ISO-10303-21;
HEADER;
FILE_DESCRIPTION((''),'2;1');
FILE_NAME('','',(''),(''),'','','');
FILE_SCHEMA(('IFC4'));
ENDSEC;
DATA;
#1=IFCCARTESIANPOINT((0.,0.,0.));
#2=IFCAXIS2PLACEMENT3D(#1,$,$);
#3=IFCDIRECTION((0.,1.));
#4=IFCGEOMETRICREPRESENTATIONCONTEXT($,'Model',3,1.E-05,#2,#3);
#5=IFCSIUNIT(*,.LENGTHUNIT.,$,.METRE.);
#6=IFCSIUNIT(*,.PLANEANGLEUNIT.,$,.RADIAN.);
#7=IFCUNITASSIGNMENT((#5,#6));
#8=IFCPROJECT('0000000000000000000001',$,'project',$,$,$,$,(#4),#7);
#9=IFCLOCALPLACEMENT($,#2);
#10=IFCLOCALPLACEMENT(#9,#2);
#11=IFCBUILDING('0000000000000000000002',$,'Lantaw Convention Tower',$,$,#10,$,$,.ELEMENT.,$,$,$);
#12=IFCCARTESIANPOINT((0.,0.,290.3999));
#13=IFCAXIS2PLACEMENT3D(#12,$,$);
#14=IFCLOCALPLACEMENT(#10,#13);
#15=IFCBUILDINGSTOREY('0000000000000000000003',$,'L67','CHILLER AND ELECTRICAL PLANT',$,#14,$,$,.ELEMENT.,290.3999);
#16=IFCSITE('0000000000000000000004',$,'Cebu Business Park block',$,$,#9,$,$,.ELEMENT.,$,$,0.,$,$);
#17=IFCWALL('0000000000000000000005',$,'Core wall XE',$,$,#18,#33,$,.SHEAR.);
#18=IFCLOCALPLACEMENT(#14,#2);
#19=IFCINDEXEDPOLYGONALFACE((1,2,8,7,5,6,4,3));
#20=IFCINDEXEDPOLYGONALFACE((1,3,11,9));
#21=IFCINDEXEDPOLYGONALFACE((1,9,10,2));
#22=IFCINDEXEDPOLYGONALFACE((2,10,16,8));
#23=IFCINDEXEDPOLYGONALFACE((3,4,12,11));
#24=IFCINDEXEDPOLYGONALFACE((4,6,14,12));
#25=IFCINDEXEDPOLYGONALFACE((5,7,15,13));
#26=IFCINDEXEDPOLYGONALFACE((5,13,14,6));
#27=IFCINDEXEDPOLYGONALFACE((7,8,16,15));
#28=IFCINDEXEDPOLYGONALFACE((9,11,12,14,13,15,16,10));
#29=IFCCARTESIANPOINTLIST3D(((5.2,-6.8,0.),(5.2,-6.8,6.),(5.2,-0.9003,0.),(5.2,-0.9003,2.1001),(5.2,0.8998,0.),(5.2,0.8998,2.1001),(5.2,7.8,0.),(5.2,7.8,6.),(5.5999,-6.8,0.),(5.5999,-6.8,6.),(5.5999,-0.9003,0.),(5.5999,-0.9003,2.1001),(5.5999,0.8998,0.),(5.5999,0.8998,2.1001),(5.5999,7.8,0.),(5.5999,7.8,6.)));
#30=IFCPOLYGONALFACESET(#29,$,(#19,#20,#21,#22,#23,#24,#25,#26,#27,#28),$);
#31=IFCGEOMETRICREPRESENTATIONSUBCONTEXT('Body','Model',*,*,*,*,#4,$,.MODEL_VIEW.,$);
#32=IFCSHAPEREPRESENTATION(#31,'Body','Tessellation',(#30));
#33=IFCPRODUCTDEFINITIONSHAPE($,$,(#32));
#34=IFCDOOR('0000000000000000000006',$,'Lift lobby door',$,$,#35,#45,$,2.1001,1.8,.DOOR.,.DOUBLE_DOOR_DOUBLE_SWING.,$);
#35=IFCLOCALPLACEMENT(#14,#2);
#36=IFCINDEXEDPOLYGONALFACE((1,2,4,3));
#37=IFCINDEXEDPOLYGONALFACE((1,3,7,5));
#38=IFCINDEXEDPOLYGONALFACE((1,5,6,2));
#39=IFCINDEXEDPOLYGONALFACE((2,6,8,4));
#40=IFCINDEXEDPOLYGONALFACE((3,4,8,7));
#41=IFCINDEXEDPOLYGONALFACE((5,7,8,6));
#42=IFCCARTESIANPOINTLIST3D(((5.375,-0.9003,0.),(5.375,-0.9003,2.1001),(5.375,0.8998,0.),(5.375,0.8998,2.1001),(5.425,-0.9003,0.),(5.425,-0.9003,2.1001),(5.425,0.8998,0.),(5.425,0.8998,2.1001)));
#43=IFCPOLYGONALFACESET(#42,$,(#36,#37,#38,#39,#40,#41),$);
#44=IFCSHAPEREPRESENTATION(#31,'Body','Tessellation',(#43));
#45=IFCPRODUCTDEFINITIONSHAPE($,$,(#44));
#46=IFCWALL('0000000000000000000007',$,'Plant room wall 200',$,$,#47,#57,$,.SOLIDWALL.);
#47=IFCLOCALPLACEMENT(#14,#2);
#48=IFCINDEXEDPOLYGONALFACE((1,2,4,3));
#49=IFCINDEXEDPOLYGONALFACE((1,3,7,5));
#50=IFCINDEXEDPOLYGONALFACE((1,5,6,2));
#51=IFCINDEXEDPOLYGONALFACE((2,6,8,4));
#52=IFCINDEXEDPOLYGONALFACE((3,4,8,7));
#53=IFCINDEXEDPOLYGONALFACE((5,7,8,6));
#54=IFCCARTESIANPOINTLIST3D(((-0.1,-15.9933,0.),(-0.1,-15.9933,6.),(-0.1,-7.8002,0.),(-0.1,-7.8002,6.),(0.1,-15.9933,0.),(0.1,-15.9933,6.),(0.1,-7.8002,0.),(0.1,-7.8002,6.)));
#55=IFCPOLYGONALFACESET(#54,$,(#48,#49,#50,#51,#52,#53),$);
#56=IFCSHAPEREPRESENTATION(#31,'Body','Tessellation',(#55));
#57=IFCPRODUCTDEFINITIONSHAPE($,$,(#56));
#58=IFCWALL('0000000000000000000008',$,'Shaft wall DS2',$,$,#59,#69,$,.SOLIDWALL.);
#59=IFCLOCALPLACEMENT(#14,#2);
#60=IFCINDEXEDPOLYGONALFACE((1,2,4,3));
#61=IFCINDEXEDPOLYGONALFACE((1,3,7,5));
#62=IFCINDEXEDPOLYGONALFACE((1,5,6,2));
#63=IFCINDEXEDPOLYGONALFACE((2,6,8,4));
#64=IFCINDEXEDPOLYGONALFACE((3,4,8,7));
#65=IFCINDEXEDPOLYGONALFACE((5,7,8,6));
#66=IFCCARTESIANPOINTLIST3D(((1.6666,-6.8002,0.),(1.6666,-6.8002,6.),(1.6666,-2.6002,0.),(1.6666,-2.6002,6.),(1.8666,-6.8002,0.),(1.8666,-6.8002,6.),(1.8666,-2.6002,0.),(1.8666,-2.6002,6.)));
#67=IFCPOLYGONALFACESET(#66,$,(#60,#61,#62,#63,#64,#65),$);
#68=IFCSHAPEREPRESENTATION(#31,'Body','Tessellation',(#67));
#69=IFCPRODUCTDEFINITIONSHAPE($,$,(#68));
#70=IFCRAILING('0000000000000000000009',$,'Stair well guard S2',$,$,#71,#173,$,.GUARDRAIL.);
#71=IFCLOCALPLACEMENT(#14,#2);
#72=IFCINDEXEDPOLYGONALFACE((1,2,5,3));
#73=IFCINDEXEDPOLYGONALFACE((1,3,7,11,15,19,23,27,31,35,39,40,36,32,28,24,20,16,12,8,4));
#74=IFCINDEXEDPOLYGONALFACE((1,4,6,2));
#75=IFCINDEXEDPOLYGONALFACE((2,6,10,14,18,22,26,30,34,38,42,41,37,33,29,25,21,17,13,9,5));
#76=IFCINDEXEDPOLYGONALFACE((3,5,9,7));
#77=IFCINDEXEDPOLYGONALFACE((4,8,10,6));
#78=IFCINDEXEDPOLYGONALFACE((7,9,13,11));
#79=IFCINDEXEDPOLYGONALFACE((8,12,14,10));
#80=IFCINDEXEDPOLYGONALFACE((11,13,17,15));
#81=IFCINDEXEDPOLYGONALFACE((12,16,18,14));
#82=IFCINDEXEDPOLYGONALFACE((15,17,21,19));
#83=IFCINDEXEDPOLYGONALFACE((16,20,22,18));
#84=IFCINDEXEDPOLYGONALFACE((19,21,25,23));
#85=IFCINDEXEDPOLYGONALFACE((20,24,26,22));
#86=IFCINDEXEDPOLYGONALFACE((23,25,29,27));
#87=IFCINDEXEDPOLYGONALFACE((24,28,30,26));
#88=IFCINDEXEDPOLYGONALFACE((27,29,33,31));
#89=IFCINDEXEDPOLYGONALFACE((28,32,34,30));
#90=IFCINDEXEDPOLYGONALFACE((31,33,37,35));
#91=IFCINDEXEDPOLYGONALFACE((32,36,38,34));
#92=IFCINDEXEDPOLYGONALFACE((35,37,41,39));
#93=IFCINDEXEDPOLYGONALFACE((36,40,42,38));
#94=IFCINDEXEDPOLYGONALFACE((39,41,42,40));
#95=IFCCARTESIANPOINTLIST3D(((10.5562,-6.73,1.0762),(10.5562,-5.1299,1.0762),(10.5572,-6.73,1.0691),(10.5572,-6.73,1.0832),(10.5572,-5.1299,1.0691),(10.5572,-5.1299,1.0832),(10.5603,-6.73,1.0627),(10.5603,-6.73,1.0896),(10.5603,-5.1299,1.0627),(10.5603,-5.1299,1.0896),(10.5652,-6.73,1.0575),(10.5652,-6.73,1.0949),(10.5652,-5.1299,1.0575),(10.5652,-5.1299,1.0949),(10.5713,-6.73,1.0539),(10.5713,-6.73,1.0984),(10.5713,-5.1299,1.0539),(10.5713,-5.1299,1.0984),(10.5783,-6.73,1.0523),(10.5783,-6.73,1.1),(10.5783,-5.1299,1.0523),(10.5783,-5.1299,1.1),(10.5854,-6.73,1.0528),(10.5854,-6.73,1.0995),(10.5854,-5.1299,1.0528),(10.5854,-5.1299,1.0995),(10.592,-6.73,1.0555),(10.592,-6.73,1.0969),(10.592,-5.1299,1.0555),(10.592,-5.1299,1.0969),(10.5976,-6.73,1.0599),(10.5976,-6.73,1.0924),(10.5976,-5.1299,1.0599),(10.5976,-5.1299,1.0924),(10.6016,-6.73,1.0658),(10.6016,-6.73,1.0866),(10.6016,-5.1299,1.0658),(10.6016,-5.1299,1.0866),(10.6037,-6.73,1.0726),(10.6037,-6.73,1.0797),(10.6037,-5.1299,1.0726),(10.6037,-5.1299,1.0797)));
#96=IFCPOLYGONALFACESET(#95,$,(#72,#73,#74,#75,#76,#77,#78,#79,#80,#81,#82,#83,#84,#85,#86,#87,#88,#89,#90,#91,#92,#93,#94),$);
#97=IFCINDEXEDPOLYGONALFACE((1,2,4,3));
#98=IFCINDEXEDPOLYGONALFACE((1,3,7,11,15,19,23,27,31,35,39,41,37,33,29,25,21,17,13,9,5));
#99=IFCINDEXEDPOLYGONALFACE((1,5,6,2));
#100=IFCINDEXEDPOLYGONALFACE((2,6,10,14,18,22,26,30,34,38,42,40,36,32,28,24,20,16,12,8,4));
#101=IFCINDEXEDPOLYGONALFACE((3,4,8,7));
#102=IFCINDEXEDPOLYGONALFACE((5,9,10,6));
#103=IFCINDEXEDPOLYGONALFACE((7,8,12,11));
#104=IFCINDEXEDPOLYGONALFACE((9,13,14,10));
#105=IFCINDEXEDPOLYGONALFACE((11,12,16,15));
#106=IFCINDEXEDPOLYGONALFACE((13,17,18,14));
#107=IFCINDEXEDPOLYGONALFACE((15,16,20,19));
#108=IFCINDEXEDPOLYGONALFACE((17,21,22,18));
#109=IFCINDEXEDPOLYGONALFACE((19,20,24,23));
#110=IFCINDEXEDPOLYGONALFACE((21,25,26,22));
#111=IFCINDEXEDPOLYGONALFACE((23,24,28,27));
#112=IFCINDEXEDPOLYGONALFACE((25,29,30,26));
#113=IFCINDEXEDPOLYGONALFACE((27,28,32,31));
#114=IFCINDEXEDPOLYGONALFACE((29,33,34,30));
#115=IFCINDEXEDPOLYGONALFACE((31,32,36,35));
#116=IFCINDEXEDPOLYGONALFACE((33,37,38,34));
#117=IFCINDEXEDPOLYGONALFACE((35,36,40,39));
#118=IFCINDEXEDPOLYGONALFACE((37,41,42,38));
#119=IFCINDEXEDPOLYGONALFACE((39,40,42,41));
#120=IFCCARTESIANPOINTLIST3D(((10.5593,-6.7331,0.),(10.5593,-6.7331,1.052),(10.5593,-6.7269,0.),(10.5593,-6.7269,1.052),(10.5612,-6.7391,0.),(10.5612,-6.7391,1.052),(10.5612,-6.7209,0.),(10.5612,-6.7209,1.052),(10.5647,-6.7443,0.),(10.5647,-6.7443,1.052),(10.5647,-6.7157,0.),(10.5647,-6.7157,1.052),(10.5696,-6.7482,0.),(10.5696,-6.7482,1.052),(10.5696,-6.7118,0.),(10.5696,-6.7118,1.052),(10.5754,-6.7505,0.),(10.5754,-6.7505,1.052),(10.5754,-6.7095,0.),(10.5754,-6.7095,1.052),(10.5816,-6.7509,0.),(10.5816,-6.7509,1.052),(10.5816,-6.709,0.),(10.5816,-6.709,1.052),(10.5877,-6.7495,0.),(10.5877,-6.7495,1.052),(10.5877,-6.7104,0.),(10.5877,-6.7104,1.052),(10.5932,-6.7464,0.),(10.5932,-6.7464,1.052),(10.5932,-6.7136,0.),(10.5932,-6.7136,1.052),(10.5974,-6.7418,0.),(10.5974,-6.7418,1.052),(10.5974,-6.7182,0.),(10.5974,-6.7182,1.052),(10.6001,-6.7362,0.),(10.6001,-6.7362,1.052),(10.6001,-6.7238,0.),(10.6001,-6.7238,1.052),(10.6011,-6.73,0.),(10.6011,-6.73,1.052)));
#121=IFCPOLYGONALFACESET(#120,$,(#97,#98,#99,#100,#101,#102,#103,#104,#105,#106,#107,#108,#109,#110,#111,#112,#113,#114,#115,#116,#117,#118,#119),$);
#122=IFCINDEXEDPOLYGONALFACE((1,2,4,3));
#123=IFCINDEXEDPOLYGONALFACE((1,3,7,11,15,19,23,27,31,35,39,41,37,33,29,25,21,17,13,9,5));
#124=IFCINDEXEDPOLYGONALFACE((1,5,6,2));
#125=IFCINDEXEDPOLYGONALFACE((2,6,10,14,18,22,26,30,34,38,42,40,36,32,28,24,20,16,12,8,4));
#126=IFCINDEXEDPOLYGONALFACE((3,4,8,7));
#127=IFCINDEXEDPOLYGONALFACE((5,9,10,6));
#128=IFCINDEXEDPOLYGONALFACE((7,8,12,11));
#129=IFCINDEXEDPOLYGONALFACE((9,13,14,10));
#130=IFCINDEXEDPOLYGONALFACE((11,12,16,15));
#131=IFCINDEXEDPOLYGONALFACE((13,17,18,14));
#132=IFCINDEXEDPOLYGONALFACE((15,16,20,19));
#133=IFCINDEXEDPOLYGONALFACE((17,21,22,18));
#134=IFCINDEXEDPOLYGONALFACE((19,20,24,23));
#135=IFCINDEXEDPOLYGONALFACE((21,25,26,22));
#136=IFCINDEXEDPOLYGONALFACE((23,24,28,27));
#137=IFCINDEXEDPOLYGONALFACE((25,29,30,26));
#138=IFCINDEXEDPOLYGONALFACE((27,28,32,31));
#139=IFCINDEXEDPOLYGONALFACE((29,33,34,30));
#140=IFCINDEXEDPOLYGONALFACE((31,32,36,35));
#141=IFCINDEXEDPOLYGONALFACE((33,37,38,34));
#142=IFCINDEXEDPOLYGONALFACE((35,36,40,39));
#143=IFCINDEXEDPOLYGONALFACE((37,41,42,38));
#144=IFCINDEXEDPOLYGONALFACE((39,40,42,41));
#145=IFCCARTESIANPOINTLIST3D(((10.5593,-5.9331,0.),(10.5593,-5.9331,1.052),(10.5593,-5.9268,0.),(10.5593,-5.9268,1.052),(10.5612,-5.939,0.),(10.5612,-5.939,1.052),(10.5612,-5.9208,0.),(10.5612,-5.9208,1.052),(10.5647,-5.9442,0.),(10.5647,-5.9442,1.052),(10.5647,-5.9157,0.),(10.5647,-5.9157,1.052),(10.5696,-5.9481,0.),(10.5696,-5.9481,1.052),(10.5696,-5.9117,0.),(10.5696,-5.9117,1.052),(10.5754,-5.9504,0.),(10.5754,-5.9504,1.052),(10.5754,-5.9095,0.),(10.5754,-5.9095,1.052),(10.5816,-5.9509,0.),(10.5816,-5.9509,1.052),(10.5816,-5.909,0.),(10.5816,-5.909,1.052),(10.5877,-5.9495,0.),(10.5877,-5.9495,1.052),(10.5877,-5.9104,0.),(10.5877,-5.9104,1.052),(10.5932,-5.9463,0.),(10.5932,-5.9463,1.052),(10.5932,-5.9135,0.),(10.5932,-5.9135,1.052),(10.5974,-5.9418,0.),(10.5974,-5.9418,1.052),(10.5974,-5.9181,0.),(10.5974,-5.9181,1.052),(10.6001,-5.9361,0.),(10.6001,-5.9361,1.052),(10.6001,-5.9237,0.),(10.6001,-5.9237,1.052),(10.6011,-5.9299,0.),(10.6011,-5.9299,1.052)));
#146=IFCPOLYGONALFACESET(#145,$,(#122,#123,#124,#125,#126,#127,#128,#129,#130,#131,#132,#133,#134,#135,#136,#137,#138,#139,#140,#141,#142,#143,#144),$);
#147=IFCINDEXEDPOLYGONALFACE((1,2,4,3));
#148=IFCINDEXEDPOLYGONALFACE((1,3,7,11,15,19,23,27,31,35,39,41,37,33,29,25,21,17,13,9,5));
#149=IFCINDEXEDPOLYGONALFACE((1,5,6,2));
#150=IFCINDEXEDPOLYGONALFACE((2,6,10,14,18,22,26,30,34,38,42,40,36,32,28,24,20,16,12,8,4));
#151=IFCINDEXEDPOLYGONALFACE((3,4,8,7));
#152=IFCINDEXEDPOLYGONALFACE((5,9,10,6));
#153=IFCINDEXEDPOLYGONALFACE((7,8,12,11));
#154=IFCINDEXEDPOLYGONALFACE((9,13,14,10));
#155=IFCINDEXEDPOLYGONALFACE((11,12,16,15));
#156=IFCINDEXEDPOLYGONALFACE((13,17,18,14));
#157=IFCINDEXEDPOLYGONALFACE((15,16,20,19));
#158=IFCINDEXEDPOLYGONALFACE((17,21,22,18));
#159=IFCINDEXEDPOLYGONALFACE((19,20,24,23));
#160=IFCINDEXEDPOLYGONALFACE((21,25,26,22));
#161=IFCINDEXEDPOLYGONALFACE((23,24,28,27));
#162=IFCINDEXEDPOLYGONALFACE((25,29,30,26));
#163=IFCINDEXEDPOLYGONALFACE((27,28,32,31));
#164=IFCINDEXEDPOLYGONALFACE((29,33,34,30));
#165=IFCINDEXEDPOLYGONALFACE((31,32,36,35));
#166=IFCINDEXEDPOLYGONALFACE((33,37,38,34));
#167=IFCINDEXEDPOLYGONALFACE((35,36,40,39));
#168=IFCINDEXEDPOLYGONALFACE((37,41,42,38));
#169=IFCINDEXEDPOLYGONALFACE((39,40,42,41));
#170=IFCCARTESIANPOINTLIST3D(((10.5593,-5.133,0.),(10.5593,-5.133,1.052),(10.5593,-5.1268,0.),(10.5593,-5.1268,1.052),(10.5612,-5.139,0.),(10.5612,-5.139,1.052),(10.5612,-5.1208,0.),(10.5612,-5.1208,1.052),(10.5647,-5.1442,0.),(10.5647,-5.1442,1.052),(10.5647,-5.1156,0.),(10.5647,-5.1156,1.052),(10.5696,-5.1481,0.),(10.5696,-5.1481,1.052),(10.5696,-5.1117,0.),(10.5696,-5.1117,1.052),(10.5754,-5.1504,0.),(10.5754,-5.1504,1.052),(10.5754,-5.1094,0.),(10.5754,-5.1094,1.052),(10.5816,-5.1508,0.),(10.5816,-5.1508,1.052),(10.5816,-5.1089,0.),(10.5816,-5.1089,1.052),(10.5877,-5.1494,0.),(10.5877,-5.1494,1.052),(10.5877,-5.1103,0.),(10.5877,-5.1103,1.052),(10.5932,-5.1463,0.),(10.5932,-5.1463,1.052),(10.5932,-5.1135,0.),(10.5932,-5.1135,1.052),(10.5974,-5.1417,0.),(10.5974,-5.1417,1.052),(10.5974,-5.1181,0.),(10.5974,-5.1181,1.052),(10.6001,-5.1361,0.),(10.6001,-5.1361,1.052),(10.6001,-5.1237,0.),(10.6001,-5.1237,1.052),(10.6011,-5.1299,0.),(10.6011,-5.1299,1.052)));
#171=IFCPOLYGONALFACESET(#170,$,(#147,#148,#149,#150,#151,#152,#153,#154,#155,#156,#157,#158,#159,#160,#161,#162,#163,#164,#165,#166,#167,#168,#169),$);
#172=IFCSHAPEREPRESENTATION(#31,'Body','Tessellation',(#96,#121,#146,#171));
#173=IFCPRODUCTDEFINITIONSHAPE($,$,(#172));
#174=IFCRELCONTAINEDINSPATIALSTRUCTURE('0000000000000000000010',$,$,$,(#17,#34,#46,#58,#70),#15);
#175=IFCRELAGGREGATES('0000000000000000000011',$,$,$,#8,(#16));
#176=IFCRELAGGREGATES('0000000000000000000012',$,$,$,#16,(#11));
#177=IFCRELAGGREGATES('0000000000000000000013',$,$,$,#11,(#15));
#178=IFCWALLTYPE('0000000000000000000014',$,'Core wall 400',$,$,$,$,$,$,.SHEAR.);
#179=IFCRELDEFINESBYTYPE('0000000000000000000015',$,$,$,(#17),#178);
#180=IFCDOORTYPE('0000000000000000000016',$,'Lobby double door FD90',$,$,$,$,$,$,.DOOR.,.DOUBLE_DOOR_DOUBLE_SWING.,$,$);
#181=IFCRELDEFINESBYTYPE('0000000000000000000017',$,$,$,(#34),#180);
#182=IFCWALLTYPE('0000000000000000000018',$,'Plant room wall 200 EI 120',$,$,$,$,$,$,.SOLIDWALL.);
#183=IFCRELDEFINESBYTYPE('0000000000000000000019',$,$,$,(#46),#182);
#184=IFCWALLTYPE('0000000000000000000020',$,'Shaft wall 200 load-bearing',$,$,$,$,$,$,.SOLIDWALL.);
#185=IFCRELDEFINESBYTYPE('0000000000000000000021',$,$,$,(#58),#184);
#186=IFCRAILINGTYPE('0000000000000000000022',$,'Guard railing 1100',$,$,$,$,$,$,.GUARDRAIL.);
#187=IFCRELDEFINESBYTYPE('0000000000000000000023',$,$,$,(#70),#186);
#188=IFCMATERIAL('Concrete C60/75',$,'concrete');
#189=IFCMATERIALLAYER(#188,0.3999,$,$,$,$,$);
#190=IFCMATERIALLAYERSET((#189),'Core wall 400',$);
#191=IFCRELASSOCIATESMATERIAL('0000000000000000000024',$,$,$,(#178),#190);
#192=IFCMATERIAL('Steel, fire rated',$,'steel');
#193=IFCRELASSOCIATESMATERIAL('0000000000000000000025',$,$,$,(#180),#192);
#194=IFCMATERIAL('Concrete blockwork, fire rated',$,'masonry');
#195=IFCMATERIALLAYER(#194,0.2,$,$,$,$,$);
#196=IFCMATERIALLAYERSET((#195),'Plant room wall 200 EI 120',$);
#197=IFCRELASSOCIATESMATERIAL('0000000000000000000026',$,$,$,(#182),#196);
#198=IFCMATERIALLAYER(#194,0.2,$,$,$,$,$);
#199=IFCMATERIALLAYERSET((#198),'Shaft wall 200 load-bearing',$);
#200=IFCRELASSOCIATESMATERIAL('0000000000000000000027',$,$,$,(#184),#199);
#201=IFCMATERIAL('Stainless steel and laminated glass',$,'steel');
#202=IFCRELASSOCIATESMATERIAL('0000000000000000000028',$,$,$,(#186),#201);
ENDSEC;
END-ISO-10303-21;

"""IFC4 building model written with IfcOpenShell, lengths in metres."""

from ifc_helpers import new_model, si_unit, direction, frame, frame_2d, origin, origin_2d, place, context, subcontext, project, spatial, rectangle, circle, extrude, material, layer, layer_set, type_object, element, fill, save


model = new_model("IFC4")

# Units and contexts
model_context = context("Model", 3, precision=1e-05, world=origin(), true_north=direction((0.0, 1.0)))
body_context = subcontext(model_context, "Body", "Model", "MODEL_VIEW")
ifc_project = project(units=[si_unit("LENGTHUNIT", "METRE"), si_unit("PLANEANGLEUNIT", "RADIAN")], contexts=[model_context])

# Site, building, storey
site_placement = place(None, origin())
site = spatial("IfcSite", under=ifc_project, at=site_placement, Name="Cebu Business Park block", CompositionType="ELEMENT", RefElevation=0.0)
building_placement = place(site_placement, origin())
building = spatial("IfcBuilding", under=site, at=building_placement, Name="Lantaw Convention Tower", CompositionType="ELEMENT")
storey_placement = place(building_placement, frame((0.0, 0.0, 290.3999)))
storey = spatial("IfcBuildingStorey", under=building, at=storey_placement, Name="L67", Description="CHILLER AND ELECTRICAL PLANT", CompositionType="ELEMENT", Elevation=290.3999)

# Wall, opening, door
ifc_material_1 = material(Name="Concrete C60/75", Category="concrete")
ifc_material_2 = material(Name="Steel, fire rated", Category="steel")
ifc_layer_1 = layer(ifc_material_1, 0.3999)
ifc_layer_set_1 = layer_set([ifc_layer_1], Name="Core wall 400")
wall_type_1 = type_object("IfcWallType", Name="Core wall 400", PredefinedType="SHEAR", material=ifc_layer_set_1)
wall_1_placement = place(storey_placement, frame((5.3999, -6.8, 0.0), z_axis=(0.0, 0.0, 1.0), x_axis=(0.0, 1.0, 0.0)))
wall_1 = element("IfcWall", 1, at=wall_1_placement, inside=storey, type_object=wall_type_1, Name="Core wall XE", PredefinedType="SHEAR", context=body_context, shape_type="SweptSolid", body=[
    extrude(rectangle(XDim=14.6001, YDim=0.3999, at=frame_2d((7.3, 0.0))), origin(), (0.0, 0.0, 1.0), 6.0),
])
opening_1_placement = place(wall_1_placement, frame((5.8999, 0.0, 0.0)))
opening_1 = element("IfcOpeningElement", 2, at=opening_1_placement, cuts=wall_1, PredefinedType="OPENING", context=body_context, shape_type="SweptSolid", body=[
    extrude(rectangle(XDim=1.8, YDim=2.1001, at=frame_2d((0.8999, 1.05))), frame((0.0, 0.21, 0.0), z_axis=(0.0, -1.0, 0.0), x_axis=(1.0, 0.0, 0.0)), (0.0, 0.0, 1.0), 0.4199),
])
door_type_1 = type_object("IfcDoorType", Name="Lobby double door FD90", OperationType="DOUBLE_DOOR_DOUBLE_SWING", PredefinedType="DOOR", material=ifc_material_2)
door_1_placement = place(opening_1_placement, origin())
door_1 = element("IfcDoor", 3, at=door_1_placement, inside=storey, type_object=door_type_1, Name="Lift lobby door", OperationType="DOUBLE_DOOR_DOUBLE_SWING", OverallHeight=2.1001, OverallWidth=1.8, PredefinedType="DOOR", context=body_context, shape_type="SweptSolid", body=[
    extrude(rectangle(XDim=1.8, YDim=2.1001, at=frame_2d((0.8999, 1.05))), frame((0.0, 0.0249, 0.0), z_axis=(0.0, -1.0, 0.0), x_axis=(1.0, 0.0, 0.0)), (0.0, 0.0, 1.0), 0.05),
])
fill(opening_1, door_1)

# Walls
ifc_material_3 = material(Name="Concrete blockwork, fire rated", Category="masonry")
ifc_layer_2 = layer(ifc_material_3, 0.2)
ifc_layer_set_2 = layer_set([ifc_layer_2], Name="Plant room wall 200 EI 120")
wall_type_2 = type_object("IfcWallType", Name="Plant room wall 200 EI 120", PredefinedType="SOLIDWALL", material=ifc_layer_set_2)
wall_2_placement = place(storey_placement, frame((0.0, -7.8, 0.0), z_axis=(0.0, 0.0, 1.0), x_axis=(0.0, -1.0, 0.0)))
element("IfcWall", 4, at=wall_2_placement, inside=storey, type_object=wall_type_2, Name="Plant room wall 200", PredefinedType="SOLIDWALL", context=body_context, shape_type="SweptSolid", body=[
    extrude(rectangle(XDim=8.1931, YDim=0.2, at=frame_2d((4.0967, 0.0))), origin(), (0.0, 0.0, 1.0), 6.0),
])
ifc_layer_3 = layer(ifc_material_3, 0.2)
ifc_layer_set_3 = layer_set([ifc_layer_3], Name="Shaft wall 200 load-bearing")
wall_type_3 = type_object("IfcWallType", Name="Shaft wall 200 load-bearing", PredefinedType="SOLIDWALL", material=ifc_layer_set_3)
wall_3_placement = place(storey_placement, frame((1.7666, -2.6001, 0.0), z_axis=(0.0, 0.0, 1.0), x_axis=(0.0, -1.0, 0.0)))
element("IfcWall", 5, at=wall_3_placement, inside=storey, type_object=wall_type_3, Name="Shaft wall DS2", PredefinedType="SOLIDWALL", context=body_context, shape_type="SweptSolid", body=[
    extrude(rectangle(XDim=4.2, YDim=0.2, at=frame_2d((2.1001, 0.0))), origin(), (0.0, 0.0, 1.0), 6.0),
])

# Railing
ifc_material_4 = material(Name="Stainless steel and laminated glass", Category="steel")
railing_type = type_object("IfcRailingType", Name="Guard railing 1100", PredefinedType="GUARDRAIL", material=ifc_material_4)
railing_placement = place(storey_placement, frame((10.5801, -6.73, 0.0)))
element("IfcRailing", 6, at=railing_placement, inside=storey, type_object=railing_type, Name="Stair well guard S2", PredefinedType="GUARDRAIL", context=body_context, shape_type="SweptSolid", body=[
    extrude(circle(Radius=0.0239, at=origin_2d()), frame((0.0, 0.0, 1.0762), z_axis=(0.0, 1.0, 0.0), x_axis=(-1.0, 0.0, 0.0)), (0.0, 0.0, 1.0), 1.6001),
    extrude(circle(Radius=0.021, at=origin_2d()), origin(), (0.0, 0.0, 1.0), 1.052),
    extrude(circle(Radius=0.021, at=origin_2d()), frame((0.0, 0.8, 0.0)), (0.0, 0.0, 1.0), 1.052),
    extrude(circle(Radius=0.021, at=origin_2d()), frame((0.0, 1.6001, 0.0)), (0.0, 0.0, 1.0), 1.052),
])

save(model, "model.ifc")
